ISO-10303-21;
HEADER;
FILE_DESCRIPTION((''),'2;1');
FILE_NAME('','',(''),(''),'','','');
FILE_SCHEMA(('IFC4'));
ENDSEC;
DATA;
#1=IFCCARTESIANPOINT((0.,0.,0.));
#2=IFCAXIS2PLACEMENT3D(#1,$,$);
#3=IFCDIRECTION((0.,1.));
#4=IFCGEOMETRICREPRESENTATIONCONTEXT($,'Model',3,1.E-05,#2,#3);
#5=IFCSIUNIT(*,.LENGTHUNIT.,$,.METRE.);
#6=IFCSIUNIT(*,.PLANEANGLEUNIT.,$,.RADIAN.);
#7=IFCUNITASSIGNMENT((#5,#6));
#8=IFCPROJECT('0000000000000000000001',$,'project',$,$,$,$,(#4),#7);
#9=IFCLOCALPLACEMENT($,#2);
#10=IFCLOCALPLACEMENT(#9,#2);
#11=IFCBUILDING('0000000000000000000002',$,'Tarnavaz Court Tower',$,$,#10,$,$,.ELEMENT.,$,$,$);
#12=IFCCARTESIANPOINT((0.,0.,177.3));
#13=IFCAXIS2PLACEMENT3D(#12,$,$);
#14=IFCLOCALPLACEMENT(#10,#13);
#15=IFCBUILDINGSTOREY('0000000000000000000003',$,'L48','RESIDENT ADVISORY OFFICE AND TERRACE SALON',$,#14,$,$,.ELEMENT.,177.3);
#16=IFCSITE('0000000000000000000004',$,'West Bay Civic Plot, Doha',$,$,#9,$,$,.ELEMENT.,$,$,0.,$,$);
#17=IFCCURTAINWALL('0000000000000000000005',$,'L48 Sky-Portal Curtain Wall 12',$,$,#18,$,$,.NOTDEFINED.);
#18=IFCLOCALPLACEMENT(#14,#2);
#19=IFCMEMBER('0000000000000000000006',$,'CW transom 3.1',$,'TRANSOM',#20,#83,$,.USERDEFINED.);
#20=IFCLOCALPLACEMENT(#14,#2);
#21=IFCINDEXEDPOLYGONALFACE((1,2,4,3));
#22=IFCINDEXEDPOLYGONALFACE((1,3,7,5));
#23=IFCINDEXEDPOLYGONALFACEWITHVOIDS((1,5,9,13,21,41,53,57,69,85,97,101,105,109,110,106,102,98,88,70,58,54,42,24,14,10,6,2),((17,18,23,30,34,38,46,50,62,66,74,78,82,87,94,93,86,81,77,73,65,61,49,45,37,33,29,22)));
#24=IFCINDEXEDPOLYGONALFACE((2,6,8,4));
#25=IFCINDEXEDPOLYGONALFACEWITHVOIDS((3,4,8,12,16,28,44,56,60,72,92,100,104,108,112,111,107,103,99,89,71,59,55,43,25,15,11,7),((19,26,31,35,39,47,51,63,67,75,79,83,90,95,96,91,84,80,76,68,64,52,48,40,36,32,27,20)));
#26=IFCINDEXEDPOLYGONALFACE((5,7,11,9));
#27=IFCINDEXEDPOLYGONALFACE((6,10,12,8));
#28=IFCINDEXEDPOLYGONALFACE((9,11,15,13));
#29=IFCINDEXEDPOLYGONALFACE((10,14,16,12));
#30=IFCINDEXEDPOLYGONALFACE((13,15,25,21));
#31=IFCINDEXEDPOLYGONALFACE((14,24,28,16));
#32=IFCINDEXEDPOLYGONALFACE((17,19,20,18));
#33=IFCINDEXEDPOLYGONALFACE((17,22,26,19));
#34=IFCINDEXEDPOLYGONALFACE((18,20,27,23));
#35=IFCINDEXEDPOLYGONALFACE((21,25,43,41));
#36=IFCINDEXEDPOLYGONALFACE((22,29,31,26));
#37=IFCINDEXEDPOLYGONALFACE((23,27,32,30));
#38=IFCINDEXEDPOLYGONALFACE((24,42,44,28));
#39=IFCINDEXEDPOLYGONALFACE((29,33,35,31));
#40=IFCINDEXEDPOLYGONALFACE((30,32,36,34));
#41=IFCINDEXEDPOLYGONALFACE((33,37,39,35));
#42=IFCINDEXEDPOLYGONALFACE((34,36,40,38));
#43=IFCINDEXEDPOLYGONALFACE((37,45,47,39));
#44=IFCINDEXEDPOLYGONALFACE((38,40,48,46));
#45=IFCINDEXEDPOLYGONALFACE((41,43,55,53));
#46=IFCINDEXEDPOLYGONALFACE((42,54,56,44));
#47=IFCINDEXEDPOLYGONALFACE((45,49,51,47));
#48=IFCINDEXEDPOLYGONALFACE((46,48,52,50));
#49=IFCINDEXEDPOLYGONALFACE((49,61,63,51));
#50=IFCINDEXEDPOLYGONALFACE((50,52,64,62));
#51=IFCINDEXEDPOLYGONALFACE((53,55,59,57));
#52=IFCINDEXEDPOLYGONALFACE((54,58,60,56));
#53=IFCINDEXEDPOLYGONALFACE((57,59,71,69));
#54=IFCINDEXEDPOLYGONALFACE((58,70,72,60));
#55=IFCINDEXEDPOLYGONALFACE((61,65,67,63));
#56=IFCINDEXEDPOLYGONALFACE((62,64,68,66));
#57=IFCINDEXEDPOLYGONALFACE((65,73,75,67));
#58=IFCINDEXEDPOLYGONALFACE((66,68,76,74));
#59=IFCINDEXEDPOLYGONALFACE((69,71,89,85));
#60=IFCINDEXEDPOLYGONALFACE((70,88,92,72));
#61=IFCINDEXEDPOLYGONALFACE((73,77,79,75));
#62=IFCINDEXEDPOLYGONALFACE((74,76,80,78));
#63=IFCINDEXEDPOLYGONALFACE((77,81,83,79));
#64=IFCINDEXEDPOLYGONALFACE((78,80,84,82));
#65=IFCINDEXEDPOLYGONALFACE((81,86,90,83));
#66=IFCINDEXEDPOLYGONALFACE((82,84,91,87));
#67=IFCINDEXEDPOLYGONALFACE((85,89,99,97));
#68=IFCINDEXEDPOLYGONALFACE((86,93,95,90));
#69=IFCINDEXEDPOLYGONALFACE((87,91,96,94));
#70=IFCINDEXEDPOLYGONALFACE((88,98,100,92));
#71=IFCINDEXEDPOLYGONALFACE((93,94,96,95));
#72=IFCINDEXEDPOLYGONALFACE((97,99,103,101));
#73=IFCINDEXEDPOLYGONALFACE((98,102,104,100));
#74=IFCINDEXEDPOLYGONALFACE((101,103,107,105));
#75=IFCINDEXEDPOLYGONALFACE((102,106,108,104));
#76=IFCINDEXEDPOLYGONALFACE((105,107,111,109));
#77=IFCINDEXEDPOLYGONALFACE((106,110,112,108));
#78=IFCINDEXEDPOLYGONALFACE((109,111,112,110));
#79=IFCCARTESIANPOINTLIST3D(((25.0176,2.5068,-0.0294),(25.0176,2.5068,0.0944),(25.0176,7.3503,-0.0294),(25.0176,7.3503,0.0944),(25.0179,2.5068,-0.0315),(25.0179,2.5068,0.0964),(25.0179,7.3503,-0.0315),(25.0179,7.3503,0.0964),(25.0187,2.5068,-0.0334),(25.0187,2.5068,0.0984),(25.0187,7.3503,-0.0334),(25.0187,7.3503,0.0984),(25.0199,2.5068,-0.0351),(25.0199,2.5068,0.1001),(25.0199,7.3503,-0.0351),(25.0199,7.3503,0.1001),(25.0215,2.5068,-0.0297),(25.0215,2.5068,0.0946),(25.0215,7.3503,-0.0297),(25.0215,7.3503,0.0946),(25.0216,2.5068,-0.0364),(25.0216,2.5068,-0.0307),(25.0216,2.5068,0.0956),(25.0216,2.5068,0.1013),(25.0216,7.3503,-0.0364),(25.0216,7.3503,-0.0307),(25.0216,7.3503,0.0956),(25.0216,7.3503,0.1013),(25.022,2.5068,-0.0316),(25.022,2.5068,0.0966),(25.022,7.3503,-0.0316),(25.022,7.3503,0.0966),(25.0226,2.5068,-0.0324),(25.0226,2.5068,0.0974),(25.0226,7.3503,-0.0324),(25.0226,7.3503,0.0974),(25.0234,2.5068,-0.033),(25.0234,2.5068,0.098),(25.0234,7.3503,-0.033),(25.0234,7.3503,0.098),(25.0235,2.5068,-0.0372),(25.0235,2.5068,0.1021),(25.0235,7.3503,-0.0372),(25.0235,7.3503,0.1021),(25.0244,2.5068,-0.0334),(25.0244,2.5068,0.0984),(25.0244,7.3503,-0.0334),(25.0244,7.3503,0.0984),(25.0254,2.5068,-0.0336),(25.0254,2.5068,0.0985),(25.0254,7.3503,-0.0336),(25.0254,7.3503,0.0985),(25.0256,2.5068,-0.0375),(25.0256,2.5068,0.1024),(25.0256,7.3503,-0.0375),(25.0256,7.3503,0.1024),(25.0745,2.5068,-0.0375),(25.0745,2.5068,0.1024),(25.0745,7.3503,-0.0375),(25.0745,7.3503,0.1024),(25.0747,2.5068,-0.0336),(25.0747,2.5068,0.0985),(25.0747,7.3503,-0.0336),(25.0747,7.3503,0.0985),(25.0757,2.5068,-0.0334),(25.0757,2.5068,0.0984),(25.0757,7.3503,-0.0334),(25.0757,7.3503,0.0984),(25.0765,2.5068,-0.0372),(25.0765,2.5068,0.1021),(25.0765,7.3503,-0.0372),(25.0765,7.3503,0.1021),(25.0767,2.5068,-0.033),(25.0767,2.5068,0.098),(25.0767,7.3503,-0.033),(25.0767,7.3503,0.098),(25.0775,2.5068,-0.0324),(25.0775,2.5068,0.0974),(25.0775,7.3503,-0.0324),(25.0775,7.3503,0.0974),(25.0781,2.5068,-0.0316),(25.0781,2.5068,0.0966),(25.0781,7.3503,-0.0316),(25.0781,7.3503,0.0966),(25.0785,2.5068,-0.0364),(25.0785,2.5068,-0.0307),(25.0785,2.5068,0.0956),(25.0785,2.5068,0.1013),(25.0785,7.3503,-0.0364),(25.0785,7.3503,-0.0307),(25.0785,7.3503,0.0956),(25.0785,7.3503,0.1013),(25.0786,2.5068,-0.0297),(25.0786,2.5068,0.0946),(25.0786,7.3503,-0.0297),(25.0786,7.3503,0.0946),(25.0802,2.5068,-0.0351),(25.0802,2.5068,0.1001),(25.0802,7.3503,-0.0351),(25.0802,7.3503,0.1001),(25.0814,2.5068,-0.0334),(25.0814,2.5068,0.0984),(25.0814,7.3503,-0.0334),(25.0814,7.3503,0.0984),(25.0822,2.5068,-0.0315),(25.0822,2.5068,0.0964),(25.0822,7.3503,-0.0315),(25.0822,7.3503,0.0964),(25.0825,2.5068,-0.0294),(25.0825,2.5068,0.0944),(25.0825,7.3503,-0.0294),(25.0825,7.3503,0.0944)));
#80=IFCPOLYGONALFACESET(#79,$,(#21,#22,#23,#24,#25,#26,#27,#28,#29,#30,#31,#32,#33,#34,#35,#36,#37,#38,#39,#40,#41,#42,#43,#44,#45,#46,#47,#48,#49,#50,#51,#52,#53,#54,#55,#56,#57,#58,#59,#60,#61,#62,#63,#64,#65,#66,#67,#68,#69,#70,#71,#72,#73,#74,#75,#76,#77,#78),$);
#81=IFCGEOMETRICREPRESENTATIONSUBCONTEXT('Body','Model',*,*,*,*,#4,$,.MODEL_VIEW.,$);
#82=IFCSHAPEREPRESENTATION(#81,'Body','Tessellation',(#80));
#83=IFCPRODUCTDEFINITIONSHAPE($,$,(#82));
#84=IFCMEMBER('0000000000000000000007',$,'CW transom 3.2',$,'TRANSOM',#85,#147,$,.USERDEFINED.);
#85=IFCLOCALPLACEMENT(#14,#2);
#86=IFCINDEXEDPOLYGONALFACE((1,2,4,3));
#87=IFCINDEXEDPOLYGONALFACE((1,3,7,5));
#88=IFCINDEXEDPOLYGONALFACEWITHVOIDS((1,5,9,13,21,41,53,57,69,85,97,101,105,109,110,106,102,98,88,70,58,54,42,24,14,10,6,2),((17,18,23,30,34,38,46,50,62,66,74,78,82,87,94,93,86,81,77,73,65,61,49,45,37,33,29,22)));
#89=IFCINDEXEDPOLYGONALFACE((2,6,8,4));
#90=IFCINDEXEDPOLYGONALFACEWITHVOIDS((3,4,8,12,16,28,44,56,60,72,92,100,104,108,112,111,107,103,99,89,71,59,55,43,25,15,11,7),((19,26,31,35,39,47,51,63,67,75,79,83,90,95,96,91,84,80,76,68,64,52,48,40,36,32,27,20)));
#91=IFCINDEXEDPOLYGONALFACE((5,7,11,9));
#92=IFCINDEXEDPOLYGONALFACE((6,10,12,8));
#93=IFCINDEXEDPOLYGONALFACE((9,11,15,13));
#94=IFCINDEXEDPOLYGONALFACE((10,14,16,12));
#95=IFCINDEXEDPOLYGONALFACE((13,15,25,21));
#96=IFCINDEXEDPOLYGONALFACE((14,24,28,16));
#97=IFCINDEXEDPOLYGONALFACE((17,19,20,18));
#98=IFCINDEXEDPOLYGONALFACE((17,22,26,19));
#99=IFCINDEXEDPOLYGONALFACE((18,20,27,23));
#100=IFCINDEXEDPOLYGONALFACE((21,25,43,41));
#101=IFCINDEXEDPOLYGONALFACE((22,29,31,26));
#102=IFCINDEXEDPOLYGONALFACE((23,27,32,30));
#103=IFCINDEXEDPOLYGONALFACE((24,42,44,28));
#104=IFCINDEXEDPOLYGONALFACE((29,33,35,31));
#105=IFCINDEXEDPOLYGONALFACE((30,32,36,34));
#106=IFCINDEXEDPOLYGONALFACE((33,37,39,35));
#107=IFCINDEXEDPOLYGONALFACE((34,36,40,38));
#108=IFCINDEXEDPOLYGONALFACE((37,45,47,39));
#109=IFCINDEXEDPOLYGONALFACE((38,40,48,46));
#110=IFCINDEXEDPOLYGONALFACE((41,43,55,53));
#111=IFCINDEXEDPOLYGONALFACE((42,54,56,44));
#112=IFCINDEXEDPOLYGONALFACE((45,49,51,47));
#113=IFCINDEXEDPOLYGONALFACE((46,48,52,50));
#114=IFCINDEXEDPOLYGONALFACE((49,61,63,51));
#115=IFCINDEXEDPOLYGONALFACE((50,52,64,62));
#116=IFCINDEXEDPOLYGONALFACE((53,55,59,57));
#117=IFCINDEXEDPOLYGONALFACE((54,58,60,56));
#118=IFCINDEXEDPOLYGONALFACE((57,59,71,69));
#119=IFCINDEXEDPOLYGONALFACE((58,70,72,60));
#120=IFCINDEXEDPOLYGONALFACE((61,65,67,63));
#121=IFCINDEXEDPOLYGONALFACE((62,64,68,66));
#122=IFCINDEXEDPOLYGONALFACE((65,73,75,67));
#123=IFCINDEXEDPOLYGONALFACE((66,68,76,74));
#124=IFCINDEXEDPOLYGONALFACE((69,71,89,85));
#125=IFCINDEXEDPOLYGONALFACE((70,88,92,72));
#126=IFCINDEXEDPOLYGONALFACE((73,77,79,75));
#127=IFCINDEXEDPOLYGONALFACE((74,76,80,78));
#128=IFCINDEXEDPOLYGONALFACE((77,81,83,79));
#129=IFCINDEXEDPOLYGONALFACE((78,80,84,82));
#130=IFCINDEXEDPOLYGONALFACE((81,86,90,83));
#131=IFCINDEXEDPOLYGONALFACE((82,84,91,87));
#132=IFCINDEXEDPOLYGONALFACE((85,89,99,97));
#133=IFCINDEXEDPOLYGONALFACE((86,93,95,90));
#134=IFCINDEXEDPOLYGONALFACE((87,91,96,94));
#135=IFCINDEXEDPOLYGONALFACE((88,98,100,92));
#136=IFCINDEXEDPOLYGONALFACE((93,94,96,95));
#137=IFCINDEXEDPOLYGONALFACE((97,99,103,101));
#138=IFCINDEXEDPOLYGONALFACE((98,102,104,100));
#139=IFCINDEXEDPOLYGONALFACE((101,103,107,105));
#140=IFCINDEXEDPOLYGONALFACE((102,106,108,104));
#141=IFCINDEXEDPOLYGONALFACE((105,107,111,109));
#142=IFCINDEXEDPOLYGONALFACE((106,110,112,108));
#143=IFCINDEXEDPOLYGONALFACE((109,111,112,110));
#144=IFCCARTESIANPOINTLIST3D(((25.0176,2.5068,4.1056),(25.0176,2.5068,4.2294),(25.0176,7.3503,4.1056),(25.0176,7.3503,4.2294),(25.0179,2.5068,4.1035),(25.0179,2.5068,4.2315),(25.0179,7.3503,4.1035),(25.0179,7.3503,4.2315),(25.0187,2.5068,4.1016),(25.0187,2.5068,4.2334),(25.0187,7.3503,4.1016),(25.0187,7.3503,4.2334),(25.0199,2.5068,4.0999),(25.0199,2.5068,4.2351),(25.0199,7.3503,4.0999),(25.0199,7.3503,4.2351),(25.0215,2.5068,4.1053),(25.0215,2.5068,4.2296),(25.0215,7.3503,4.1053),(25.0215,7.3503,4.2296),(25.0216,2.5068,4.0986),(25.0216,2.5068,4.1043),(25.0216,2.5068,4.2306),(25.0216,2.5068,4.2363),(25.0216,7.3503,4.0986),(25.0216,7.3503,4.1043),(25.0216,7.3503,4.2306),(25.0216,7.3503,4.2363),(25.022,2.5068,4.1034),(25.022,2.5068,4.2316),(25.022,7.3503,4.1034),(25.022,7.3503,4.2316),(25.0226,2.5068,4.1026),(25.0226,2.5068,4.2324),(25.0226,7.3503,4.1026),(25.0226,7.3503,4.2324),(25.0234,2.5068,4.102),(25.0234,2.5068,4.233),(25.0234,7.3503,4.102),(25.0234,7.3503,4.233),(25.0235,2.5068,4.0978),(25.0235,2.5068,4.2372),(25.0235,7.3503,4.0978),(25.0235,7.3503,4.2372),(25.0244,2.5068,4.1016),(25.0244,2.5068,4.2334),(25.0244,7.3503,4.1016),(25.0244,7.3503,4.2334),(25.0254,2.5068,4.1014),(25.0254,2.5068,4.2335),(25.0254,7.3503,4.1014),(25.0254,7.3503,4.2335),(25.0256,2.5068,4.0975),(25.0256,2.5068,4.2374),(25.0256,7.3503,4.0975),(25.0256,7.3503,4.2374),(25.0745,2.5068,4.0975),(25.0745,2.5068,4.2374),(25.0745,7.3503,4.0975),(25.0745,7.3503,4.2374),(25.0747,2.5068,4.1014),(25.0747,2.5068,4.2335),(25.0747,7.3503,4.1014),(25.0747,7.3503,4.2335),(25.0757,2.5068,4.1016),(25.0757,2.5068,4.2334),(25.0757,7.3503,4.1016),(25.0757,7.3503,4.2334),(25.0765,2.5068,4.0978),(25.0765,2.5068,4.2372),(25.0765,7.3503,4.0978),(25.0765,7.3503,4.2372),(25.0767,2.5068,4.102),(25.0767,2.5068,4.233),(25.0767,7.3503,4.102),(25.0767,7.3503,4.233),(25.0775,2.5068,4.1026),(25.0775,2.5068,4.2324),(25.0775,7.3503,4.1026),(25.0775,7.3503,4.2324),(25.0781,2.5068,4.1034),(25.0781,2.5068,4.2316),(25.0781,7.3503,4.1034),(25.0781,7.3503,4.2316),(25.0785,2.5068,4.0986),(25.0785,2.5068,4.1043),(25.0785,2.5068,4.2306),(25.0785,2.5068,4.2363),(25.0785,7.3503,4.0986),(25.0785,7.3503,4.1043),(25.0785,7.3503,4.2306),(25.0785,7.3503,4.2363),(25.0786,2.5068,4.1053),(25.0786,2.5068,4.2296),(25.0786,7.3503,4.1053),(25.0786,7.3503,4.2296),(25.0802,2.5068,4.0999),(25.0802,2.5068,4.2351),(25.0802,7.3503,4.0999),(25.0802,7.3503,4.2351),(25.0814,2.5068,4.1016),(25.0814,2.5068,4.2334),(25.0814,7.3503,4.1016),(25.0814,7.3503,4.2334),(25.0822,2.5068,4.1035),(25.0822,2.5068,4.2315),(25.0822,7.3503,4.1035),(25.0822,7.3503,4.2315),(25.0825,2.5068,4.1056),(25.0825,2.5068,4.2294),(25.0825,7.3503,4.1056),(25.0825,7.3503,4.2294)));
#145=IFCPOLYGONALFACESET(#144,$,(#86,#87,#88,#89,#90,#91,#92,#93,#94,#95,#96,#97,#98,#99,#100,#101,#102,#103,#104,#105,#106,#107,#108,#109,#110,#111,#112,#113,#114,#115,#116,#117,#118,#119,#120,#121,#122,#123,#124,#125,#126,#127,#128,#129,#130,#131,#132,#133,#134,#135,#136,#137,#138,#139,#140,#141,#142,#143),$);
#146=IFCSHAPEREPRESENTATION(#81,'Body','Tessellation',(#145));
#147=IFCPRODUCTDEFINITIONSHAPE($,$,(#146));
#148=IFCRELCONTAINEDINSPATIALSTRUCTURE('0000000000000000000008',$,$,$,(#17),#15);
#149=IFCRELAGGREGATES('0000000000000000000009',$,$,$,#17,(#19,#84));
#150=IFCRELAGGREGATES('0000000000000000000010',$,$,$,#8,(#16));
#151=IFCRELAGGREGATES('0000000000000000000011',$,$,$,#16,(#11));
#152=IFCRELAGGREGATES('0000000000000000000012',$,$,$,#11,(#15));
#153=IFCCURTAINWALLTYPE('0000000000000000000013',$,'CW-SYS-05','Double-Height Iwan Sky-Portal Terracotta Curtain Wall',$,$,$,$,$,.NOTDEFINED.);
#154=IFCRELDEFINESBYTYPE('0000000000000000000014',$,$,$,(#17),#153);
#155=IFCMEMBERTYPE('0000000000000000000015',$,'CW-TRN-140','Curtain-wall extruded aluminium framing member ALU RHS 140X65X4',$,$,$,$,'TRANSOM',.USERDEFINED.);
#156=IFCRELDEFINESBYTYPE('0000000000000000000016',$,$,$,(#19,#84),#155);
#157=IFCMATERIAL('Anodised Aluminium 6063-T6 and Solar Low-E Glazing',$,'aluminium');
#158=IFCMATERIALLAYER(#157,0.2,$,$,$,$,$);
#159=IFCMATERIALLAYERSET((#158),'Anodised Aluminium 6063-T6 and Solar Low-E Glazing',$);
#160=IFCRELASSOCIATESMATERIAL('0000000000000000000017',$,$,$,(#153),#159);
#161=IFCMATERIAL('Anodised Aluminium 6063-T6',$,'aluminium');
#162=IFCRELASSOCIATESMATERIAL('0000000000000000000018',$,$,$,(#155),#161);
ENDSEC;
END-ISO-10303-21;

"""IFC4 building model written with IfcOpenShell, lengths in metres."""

from ifc_helpers import new_model, si_unit, direction, frame, origin, origin_2d, place, context, subcontext, project, spatial, hollow_rectangle, extrude, material, layer, layer_set, material_profile, profile_set, type_object, element, aggregate, save


model = new_model("IFC4")

# Units and contexts
model_context = context("Model", 3, precision=1e-05, world=origin(), true_north=direction((0.0, 1.0)))
body_context = subcontext(model_context, "Body", "Model", "MODEL_VIEW")
ifc_project = project(units=[si_unit("LENGTHUNIT", "METRE"), si_unit("PLANEANGLEUNIT", "RADIAN")], contexts=[model_context])

# Site, building, storey
site_placement = place(None, origin())
site = spatial("IfcSite", under=ifc_project, at=site_placement, Name="West Bay Civic Plot, Doha", CompositionType="ELEMENT", RefElevation=0.0)
building_placement = place(site_placement, origin())
building = spatial("IfcBuilding", under=site, at=building_placement, Name="Tarnavaz Court Tower", CompositionType="ELEMENT")
storey_placement = place(building_placement, frame((0.0, 0.0, 177.3)))
storey = spatial("IfcBuildingStorey", under=building, at=storey_placement, Name="L48", Description="RESIDENT ADVISORY OFFICE AND TERRACE SALON", CompositionType="ELEMENT", Elevation=177.3)

# Curtain wall, members
ifc_material_1 = material(Name="Anodised Aluminium 6063-T6 and Solar Low-E Glazing", Category="aluminium")
ifc_layer_1 = layer(ifc_material_1, 0.2)
ifc_layer_set_1 = layer_set([ifc_layer_1], Name="Anodised Aluminium 6063-T6 and Solar Low-E Glazing")
curtain_wall_type = type_object("IfcCurtainWallType", Name="CW-SYS-05", Description="Double-Height Iwan Sky-Portal Terracotta Curtain Wall", PredefinedType="NOTDEFINED", material=ifc_layer_set_1)
curtain_wall_placement = place(storey_placement, origin())
curtain_wall = element("IfcCurtainWall", 1, at=curtain_wall_placement, inside=storey, type_object=curtain_wall_type, Name="L48 Sky-Portal Curtain Wall 12", PredefinedType="NOTDEFINED")
ifc_material_2 = material(Name="Anodised Aluminium 6063-T6", Category="aluminium")
ifc_material_profile_1 = material_profile(ifc_material_2, hollow_rectangle(XDim=0.0649, YDim=0.1399, WallThickness=0.0039, InnerFilletRadius=0.0039, OuterFilletRadius=0.0081, at=origin_2d()), Name="ALU RHS 140X65X4")
ifc_profile_set_1 = profile_set([ifc_material_profile_1], Name="Anodised Aluminium 6063-T6")
member_type_1 = type_object("IfcMemberType", Name="CW-TRN-140", Description="Curtain-wall extruded aluminium framing member ALU RHS 140X65X4", ElementType="TRANSOM", PredefinedType="USERDEFINED", material=ifc_profile_set_1)
member_1_placement = place(storey_placement, frame((25.05, 7.3503, 0.0325), z_axis=(0.0, -1.0, 0.0), x_axis=(1.0, 0.0, 0.0)))
member_1 = element("IfcMember", 2, at=member_1_placement, type_object=member_type_1, Name="CW transom 3.1", ObjectType="TRANSOM", PredefinedType="USERDEFINED", context=body_context, shape_type="SweptSolid", body=[
    extrude(hollow_rectangle(XDim=0.0649, YDim=0.1399, WallThickness=0.0039, InnerFilletRadius=0.0039, OuterFilletRadius=0.0081, at=origin_2d()), origin(), (0.0, 0.0, 1.0), 4.8435),
])
member_2_placement = place(storey_placement, frame((25.05, 7.3503, 4.1675), z_axis=(0.0, -1.0, 0.0), x_axis=(1.0, 0.0, 0.0)))
member_2 = element("IfcMember", 3, at=member_2_placement, type_object=member_type_1, Name="CW transom 3.2", ObjectType="TRANSOM", PredefinedType="USERDEFINED", context=body_context, shape_type="SweptSolid", body=[
    extrude(hollow_rectangle(XDim=0.0649, YDim=0.1399, WallThickness=0.0039, InnerFilletRadius=0.0039, OuterFilletRadius=0.0081, at=origin_2d()), origin(), (0.0, 0.0, 1.0), 4.8435),
])
aggregate(curtain_wall, [member_1, member_2])

save(model, "model.ifc")
